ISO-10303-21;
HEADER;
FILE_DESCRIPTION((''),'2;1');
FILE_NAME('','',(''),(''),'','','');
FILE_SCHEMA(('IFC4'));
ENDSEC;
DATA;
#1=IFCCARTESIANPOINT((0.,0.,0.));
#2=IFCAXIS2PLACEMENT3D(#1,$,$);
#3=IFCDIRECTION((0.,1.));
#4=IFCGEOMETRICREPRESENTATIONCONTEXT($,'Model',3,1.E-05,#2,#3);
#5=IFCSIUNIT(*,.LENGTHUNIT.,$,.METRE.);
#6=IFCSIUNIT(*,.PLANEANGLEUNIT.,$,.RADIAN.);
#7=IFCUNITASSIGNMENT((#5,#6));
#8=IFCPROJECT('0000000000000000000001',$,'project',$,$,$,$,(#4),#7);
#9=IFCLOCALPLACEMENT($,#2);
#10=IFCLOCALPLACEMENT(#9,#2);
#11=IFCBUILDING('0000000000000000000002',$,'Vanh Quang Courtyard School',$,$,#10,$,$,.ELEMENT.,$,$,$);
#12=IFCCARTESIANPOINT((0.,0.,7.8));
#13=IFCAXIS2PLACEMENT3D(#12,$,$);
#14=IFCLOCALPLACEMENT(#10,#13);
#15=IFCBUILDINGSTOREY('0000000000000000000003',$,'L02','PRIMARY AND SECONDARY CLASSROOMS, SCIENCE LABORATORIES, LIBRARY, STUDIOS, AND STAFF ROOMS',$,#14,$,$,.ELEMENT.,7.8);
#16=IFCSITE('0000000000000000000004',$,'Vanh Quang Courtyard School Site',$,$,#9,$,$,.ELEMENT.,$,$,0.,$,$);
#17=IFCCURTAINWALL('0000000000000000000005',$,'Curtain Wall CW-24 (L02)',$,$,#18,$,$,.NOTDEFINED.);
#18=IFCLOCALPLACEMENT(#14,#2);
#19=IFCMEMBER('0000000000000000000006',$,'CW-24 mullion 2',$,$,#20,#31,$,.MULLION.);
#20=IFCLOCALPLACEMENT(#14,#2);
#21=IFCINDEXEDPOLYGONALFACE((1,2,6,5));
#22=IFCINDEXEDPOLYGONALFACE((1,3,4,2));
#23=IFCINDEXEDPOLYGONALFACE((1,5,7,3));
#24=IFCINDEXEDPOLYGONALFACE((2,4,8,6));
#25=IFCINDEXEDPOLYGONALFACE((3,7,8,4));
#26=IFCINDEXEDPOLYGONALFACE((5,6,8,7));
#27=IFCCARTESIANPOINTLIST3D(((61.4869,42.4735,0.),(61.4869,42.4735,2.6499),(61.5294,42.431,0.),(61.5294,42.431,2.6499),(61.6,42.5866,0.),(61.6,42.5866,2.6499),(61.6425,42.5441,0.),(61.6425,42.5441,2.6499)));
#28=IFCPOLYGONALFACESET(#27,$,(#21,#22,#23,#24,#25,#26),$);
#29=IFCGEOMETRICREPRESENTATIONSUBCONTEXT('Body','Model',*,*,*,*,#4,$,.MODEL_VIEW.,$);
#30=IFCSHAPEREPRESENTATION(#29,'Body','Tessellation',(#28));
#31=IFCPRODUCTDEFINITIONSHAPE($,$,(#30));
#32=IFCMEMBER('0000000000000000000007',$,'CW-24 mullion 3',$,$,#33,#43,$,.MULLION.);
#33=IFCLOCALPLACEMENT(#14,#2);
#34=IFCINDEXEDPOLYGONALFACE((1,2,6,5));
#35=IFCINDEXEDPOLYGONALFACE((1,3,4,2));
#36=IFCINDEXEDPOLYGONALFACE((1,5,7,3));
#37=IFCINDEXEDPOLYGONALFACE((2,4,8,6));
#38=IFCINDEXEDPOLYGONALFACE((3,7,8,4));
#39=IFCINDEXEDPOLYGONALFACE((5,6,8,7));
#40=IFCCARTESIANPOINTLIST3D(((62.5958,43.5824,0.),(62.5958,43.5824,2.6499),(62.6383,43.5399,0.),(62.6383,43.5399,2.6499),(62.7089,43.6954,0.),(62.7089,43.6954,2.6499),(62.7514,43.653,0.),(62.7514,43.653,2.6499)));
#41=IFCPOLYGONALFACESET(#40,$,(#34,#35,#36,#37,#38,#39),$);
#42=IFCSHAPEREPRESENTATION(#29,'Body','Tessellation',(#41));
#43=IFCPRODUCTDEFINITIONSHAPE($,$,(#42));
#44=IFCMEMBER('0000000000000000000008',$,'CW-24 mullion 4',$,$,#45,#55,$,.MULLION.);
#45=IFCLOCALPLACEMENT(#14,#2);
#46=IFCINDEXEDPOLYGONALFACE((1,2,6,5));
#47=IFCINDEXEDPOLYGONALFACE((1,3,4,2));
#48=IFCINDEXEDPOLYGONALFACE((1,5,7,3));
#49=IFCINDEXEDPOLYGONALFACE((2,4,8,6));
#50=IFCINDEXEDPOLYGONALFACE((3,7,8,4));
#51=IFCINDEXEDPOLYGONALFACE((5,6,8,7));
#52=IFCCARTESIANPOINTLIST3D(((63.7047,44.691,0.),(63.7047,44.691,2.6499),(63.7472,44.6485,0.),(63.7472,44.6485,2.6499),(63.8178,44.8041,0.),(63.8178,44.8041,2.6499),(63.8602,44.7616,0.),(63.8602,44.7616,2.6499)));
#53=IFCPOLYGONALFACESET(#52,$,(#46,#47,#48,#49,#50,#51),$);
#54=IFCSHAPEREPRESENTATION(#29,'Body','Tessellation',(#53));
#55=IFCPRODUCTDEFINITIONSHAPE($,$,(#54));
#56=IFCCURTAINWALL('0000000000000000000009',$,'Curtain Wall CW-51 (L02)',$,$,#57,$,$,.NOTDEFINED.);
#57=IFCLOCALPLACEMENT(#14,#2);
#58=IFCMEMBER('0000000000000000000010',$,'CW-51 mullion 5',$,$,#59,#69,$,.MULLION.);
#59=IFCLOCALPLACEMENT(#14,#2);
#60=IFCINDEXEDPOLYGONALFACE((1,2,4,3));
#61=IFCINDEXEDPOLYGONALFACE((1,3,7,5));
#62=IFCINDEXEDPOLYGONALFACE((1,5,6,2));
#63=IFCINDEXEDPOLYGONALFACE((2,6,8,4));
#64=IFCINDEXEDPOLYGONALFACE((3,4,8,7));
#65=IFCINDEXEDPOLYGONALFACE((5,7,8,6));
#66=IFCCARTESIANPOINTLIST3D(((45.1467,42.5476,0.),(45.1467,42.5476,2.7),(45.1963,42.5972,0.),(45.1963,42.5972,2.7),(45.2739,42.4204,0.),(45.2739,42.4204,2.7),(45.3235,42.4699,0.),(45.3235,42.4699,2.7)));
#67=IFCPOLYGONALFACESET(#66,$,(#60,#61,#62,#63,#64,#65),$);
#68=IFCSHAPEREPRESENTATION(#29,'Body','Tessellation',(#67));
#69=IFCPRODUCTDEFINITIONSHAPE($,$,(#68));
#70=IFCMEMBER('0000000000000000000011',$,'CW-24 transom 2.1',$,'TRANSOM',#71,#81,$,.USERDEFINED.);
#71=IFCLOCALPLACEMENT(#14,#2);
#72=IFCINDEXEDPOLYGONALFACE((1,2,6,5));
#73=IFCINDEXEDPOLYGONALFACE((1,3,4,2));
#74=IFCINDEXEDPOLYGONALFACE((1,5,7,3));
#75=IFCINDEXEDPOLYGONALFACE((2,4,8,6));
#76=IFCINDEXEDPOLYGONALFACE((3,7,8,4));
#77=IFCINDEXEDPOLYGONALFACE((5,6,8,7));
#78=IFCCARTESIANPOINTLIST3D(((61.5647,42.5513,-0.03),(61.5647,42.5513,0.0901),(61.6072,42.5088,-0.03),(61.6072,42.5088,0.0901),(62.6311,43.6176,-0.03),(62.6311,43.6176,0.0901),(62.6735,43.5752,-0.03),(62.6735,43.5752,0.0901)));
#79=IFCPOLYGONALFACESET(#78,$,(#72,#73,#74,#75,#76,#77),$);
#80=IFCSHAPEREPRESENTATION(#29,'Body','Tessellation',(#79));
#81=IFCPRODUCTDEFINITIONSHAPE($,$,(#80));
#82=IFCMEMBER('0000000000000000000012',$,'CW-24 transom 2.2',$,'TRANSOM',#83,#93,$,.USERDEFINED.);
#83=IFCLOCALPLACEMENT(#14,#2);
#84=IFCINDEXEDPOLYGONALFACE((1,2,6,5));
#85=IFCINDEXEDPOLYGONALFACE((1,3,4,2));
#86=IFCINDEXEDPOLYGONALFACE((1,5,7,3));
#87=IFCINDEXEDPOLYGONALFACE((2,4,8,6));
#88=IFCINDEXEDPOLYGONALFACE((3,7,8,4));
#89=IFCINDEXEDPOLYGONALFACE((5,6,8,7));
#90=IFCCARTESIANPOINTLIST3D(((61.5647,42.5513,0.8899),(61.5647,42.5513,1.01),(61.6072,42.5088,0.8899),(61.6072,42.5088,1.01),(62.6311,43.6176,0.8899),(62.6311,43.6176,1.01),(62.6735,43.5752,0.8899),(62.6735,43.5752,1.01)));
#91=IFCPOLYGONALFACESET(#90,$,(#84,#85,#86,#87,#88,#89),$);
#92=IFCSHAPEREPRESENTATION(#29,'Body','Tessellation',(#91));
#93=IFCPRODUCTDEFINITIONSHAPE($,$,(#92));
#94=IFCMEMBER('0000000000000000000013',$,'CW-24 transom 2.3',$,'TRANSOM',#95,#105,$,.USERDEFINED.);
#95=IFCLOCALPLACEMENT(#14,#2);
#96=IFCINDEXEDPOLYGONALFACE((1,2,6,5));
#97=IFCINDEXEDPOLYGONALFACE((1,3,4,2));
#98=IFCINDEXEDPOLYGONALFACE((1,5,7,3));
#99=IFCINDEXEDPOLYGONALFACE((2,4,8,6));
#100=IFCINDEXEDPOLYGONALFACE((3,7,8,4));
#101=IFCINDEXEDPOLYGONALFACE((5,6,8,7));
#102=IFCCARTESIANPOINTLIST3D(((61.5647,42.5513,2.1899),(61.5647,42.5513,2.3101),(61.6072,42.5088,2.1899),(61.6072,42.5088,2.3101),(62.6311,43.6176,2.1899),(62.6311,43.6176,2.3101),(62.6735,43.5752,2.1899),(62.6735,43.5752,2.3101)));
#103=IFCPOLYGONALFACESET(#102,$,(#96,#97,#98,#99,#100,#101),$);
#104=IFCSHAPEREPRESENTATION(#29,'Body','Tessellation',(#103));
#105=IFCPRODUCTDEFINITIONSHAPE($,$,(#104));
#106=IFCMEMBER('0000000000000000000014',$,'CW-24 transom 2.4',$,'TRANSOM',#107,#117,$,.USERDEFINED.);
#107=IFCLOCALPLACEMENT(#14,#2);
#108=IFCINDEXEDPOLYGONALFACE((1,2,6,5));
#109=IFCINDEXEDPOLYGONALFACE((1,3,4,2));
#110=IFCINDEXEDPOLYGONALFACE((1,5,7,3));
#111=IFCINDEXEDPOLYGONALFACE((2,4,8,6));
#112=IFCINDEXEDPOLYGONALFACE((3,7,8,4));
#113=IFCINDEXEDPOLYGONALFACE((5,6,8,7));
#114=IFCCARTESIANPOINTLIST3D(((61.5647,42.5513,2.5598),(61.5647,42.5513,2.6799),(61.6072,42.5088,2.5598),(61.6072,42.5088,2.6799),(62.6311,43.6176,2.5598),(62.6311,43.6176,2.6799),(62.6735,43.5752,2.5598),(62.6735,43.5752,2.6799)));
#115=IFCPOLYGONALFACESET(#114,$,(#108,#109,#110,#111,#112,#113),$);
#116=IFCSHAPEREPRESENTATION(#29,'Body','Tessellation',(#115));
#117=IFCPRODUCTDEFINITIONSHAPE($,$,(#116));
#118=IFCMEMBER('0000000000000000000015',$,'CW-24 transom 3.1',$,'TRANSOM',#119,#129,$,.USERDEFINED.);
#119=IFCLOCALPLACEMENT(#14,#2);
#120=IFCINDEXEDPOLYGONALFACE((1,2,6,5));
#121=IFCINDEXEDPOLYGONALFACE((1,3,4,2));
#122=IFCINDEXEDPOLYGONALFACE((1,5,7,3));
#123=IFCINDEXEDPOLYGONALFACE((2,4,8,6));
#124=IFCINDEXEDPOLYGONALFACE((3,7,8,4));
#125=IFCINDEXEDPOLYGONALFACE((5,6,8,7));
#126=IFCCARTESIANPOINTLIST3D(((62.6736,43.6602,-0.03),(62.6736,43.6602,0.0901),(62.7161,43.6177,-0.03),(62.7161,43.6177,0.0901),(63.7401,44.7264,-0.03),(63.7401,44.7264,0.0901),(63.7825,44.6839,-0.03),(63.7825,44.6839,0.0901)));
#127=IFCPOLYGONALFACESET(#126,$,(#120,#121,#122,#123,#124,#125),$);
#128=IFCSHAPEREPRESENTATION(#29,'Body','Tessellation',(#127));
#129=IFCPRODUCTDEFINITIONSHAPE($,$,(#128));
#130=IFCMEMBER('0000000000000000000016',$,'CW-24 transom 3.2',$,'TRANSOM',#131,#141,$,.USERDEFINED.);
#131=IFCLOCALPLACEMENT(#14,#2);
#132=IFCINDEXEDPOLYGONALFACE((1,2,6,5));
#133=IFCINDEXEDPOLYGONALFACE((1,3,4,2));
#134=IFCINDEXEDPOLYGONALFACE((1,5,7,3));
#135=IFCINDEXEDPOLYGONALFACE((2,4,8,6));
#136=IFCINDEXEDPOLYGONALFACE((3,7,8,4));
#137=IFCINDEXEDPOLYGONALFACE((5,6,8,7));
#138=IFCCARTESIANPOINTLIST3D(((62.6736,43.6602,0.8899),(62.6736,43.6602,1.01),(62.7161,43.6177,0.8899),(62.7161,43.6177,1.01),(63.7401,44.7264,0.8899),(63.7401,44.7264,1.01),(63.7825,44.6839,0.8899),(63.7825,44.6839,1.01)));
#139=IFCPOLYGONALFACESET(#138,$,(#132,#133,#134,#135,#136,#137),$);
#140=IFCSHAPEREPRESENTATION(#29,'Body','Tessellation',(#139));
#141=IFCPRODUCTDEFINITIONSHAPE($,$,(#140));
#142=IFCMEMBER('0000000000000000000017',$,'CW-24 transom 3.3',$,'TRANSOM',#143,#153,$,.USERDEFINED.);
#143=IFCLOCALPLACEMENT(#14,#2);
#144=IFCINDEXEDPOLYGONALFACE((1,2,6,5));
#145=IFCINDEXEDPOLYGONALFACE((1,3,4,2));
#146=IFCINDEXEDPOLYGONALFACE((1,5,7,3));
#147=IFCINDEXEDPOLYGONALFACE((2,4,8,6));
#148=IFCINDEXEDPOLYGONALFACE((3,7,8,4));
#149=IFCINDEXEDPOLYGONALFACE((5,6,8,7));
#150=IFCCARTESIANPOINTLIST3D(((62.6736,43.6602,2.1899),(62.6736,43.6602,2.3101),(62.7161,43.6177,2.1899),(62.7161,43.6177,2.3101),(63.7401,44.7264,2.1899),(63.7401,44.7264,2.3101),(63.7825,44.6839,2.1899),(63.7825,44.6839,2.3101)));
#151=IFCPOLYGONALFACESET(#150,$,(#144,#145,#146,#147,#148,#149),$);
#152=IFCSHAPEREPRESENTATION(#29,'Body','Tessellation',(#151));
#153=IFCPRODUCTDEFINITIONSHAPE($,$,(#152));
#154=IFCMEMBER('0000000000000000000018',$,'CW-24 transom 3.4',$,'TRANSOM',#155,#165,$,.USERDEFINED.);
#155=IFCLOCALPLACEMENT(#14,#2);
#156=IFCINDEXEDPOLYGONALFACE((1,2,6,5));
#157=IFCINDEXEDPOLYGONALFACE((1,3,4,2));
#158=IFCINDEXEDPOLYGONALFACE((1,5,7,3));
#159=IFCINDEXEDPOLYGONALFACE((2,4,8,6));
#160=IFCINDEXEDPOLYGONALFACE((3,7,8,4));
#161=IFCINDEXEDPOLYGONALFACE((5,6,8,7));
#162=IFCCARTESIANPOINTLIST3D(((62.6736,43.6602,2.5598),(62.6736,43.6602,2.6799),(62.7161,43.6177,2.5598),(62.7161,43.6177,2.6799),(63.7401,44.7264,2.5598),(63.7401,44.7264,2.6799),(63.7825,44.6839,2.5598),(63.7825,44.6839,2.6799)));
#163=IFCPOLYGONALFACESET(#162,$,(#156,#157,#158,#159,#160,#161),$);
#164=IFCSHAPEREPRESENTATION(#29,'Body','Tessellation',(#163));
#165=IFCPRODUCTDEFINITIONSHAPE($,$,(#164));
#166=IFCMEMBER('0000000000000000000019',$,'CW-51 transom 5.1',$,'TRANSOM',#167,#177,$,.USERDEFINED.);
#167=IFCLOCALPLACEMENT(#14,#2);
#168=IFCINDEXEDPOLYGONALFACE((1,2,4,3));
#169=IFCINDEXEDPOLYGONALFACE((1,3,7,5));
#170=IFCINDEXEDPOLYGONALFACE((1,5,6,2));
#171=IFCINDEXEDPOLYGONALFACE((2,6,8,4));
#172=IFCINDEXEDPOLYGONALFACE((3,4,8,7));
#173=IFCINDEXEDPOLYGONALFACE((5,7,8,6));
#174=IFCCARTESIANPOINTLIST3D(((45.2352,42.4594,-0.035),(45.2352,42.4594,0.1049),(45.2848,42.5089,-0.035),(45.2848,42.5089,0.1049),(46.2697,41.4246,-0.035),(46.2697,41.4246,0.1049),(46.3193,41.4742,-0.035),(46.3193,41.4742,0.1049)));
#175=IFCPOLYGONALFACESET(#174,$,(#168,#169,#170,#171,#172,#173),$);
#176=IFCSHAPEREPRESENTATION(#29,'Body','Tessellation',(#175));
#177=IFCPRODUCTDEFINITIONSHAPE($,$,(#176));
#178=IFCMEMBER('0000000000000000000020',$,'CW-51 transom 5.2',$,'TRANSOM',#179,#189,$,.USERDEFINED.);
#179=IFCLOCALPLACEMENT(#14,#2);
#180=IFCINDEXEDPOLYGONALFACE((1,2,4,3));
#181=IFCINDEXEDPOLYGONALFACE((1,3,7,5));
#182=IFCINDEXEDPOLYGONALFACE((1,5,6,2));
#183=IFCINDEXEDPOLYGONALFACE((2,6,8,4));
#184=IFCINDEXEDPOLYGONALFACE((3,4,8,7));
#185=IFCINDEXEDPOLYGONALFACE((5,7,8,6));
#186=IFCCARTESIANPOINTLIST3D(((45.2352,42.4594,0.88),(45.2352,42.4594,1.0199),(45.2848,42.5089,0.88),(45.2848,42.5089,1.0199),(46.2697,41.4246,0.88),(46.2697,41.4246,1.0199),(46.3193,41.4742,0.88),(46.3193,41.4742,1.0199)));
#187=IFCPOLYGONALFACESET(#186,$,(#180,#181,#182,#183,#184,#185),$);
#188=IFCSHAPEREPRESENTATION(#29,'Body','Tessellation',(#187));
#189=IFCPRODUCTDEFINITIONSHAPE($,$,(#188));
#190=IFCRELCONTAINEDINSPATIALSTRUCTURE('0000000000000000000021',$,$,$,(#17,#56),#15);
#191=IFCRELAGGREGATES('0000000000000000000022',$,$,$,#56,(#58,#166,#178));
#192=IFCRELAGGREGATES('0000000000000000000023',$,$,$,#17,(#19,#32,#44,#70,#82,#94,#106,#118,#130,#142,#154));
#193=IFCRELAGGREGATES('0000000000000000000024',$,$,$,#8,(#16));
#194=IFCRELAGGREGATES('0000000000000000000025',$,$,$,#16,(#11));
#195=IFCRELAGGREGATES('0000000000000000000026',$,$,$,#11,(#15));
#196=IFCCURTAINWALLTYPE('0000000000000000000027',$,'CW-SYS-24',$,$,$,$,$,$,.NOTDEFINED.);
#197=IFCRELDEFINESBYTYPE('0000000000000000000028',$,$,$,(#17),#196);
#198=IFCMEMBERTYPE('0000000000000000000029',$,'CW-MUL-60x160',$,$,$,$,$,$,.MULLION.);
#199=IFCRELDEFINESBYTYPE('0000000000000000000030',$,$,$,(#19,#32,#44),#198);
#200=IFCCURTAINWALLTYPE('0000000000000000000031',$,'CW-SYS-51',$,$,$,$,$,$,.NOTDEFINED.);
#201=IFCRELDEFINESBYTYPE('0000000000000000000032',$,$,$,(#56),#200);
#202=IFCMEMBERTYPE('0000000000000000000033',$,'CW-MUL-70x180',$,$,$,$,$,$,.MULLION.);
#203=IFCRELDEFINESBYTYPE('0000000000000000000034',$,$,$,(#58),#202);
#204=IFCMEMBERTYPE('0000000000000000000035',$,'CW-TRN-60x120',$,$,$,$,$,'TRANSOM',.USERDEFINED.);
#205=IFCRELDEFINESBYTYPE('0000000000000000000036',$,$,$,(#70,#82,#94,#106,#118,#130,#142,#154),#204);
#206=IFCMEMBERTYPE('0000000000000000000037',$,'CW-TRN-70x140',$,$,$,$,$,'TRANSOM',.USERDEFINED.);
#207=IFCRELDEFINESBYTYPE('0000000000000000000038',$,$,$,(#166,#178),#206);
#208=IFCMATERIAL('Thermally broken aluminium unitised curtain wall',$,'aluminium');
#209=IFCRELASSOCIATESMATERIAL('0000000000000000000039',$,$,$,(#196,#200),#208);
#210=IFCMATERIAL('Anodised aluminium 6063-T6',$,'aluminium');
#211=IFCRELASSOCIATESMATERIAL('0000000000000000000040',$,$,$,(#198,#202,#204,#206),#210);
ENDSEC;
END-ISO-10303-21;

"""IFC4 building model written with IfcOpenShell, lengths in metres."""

from ifc_helpers import new_model, si_unit, direction, frame, origin, origin_2d, place, context, subcontext, project, spatial, rectangle, extrude, material, material_profile, profile_set, type_object, element, aggregate, save


model = new_model("IFC4")

# Units and contexts
model_context = context("Model", 3, precision=1e-05, world=origin(), true_north=direction((0.0, 1.0)))
body_context = subcontext(model_context, "Body", "Model", "MODEL_VIEW")
ifc_project = project(units=[si_unit("LENGTHUNIT", "METRE"), si_unit("PLANEANGLEUNIT", "RADIAN")], contexts=[model_context])

# Site, building, storey
site_placement = place(None, origin())
site = spatial("IfcSite", under=ifc_project, at=site_placement, Name="Vanh Quang Courtyard School Site", CompositionType="ELEMENT", RefElevation=0.0)
building_placement = place(site_placement, origin())
building = spatial("IfcBuilding", under=site, at=building_placement, Name="Vanh Quang Courtyard School", CompositionType="ELEMENT")
storey_placement = place(building_placement, frame((0.0, 0.0, 7.8)))
storey = spatial("IfcBuildingStorey", under=building, at=storey_placement, Name="L02", Description="PRIMARY AND SECONDARY CLASSROOMS, SCIENCE LABORATORIES, LIBRARY, STUDIOS, AND STAFF ROOMS", CompositionType="ELEMENT", Elevation=7.8)

# Curtain wall, members
ifc_material_1 = material(Name="Thermally broken aluminium unitised curtain wall", Category="aluminium")
curtain_wall_type_1 = type_object("IfcCurtainWallType", Name="CW-SYS-24", PredefinedType="NOTDEFINED", material=ifc_material_1)
curtain_wall_1_placement = place(storey_placement, origin())
curtain_wall_1 = element("IfcCurtainWall", 1, at=curtain_wall_1_placement, inside=storey, type_object=curtain_wall_type_1, Name="Curtain Wall CW-24 (L02)", PredefinedType="NOTDEFINED")
ifc_material_2 = material(Name="Anodised aluminium 6063-T6", Category="aluminium")
ifc_material_profile_1 = material_profile(ifc_material_2, rectangle(XDim=0.0601, YDim=0.1599, at=origin_2d()), Name="ALU-MUL 60x160")
ifc_profile_set_1 = profile_set([ifc_material_profile_1], Name="Anodised aluminium 6063-T6")
member_type_1 = type_object("IfcMemberType", Name="CW-MUL-60x160", PredefinedType="MULLION", material=ifc_profile_set_1)
member_1_placement = place(storey_placement, frame((61.5647, 42.5088, 0.0), z_axis=(0.0, 0.0, 1.0), x_axis=(-0.707107, 0.707107, 0.0)))
member_1 = element("IfcMember", 2, at=member_1_placement, type_object=member_type_1, Name="CW-24 mullion 2", PredefinedType="MULLION", context=body_context, shape_type="SweptSolid", body=[
    extrude(rectangle(XDim=0.0601, YDim=0.1599, at=origin_2d()), origin(), (0.0, 0.0, 1.0), 2.6499),
])
member_2_placement = place(storey_placement, frame((62.6736, 43.6177, 0.0), z_axis=(0.0, 0.0, 1.0), x_axis=(-0.707107, 0.707107, 0.0)))
member_2 = element("IfcMember", 3, at=member_2_placement, type_object=member_type_1, Name="CW-24 mullion 3", PredefinedType="MULLION", context=body_context, shape_type="SweptSolid", body=[
    extrude(rectangle(XDim=0.0601, YDim=0.1599, at=origin_2d()), origin(), (0.0, 0.0, 1.0), 2.6499),
])
member_3_placement = place(storey_placement, frame((63.7825, 44.7263, 0.0), z_axis=(0.0, 0.0, 1.0), x_axis=(-0.707107, 0.707107, 0.0)))
member_3 = element("IfcMember", 4, at=member_3_placement, type_object=member_type_1, Name="CW-24 mullion 4", PredefinedType="MULLION", context=body_context, shape_type="SweptSolid", body=[
    extrude(rectangle(XDim=0.0601, YDim=0.1599, at=origin_2d()), origin(), (0.0, 0.0, 1.0), 2.6499),
])

# Curtain wall, member
curtain_wall_type_2 = type_object("IfcCurtainWallType", Name="CW-SYS-51", PredefinedType="NOTDEFINED", material=ifc_material_1)
curtain_wall_2_placement = place(storey_placement, origin())
curtain_wall_2 = element("IfcCurtainWall", 5, at=curtain_wall_2_placement, inside=storey, type_object=curtain_wall_type_2, Name="Curtain Wall CW-51 (L02)", PredefinedType="NOTDEFINED")
ifc_material_profile_2 = material_profile(ifc_material_2, rectangle(XDim=0.0701, YDim=0.1799, at=origin_2d()), Name="ALU-MUL 70x180")
ifc_profile_set_2 = profile_set([ifc_material_profile_2], Name="Anodised aluminium 6063-T6")
member_type_2 = type_object("IfcMemberType", Name="CW-MUL-70x180", PredefinedType="MULLION", material=ifc_profile_set_2)
member_4_placement = place(storey_placement, frame((45.2351, 42.5088, 0.0), z_axis=(0.0, 0.0, 1.0), x_axis=(0.707107, 0.707107, 0.0)))
member_4 = element("IfcMember", 6, at=member_4_placement, type_object=member_type_2, Name="CW-51 mullion 5", PredefinedType="MULLION", context=body_context, shape_type="SweptSolid", body=[
    extrude(rectangle(XDim=0.0701, YDim=0.1799, at=origin_2d()), origin(), (0.0, 0.0, 1.0), 2.7),
])

# Members
ifc_material_profile_3 = material_profile(ifc_material_2, rectangle(XDim=0.0601, YDim=0.1201, at=origin_2d()), Name="ALU-TRN 60x120")
ifc_profile_set_3 = profile_set([ifc_material_profile_3], Name="Anodised aluminium 6063-T6")
member_type_3 = type_object("IfcMemberType", Name="CW-TRN-60x120", ElementType="TRANSOM", PredefinedType="USERDEFINED", material=ifc_profile_set_3)
member_5_placement = place(storey_placement, frame((61.5859, 42.53, 0.03), z_axis=(0.707107, 0.707107, 0.0), x_axis=(-0.707107, 0.707107, 0.0)))
member_5 = element("IfcMember", 7, at=member_5_placement, type_object=member_type_3, Name="CW-24 transom 2.1", ObjectType="TRANSOM", PredefinedType="USERDEFINED", context=body_context, shape_type="SweptSolid", body=[
    extrude(rectangle(XDim=0.0601, YDim=0.1201, at=origin_2d()), origin(), (0.0, 0.0, 1.0), 1.5081),
])
member_6_placement = place(storey_placement, frame((61.5859, 42.53, 0.95), z_axis=(0.707107, 0.707107, 0.0), x_axis=(-0.707107, 0.707107, 0.0)))
member_6 = element("IfcMember", 8, at=member_6_placement, type_object=member_type_3, Name="CW-24 transom 2.2", ObjectType="TRANSOM", PredefinedType="USERDEFINED", context=body_context, shape_type="SweptSolid", body=[
    extrude(rectangle(XDim=0.0601, YDim=0.1201, at=origin_2d()), origin(), (0.0, 0.0, 1.0), 1.5081),
])
member_7_placement = place(storey_placement, frame((61.5859, 42.53, 2.25), z_axis=(0.707107, 0.707107, 0.0), x_axis=(-0.707107, 0.707107, 0.0)))
member_7 = element("IfcMember", 9, at=member_7_placement, type_object=member_type_3, Name="CW-24 transom 2.3", ObjectType="TRANSOM", PredefinedType="USERDEFINED", context=body_context, shape_type="SweptSolid", body=[
    extrude(rectangle(XDim=0.0601, YDim=0.1201, at=origin_2d()), origin(), (0.0, 0.0, 1.0), 1.5081),
])
member_8_placement = place(storey_placement, frame((61.5859, 42.53, 2.6199), z_axis=(0.707107, 0.707107, 0.0), x_axis=(-0.707107, 0.707107, 0.0)))
member_8 = element("IfcMember", 10, at=member_8_placement, type_object=member_type_3, Name="CW-24 transom 2.4", ObjectType="TRANSOM", PredefinedType="USERDEFINED", context=body_context, shape_type="SweptSolid", body=[
    extrude(rectangle(XDim=0.0601, YDim=0.1201, at=origin_2d()), origin(), (0.0, 0.0, 1.0), 1.5081),
])
member_9_placement = place(storey_placement, frame((62.6948, 43.6389, 0.03), z_axis=(0.707188, 0.707026, 0.0), x_axis=(-0.707026, 0.707188, 0.0)))
member_9 = element("IfcMember", 11, at=member_9_placement, type_object=member_type_3, Name="CW-24 transom 3.1", ObjectType="TRANSOM", PredefinedType="USERDEFINED", context=body_context, shape_type="SweptSolid", body=[
    extrude(rectangle(XDim=0.0601, YDim=0.1201, at=origin_2d()), origin(), (0.0, 0.0, 1.0), 1.5081),
])
member_10_placement = place(storey_placement, frame((62.6948, 43.6389, 0.95), z_axis=(0.707188, 0.707026, 0.0), x_axis=(-0.707026, 0.707188, 0.0)))
member_10 = element("IfcMember", 12, at=member_10_placement, type_object=member_type_3, Name="CW-24 transom 3.2", ObjectType="TRANSOM", PredefinedType="USERDEFINED", context=body_context, shape_type="SweptSolid", body=[
    extrude(rectangle(XDim=0.0601, YDim=0.1201, at=origin_2d()), origin(), (0.0, 0.0, 1.0), 1.5081),
])
member_11_placement = place(storey_placement, frame((62.6948, 43.6389, 2.25), z_axis=(0.707188, 0.707026, 0.0), x_axis=(-0.707026, 0.707188, 0.0)))
member_11 = element("IfcMember", 13, at=member_11_placement, type_object=member_type_3, Name="CW-24 transom 3.3", ObjectType="TRANSOM", PredefinedType="USERDEFINED", context=body_context, shape_type="SweptSolid", body=[
    extrude(rectangle(XDim=0.0601, YDim=0.1201, at=origin_2d()), origin(), (0.0, 0.0, 1.0), 1.5081),
])
member_12_placement = place(storey_placement, frame((62.6948, 43.6389, 2.6199), z_axis=(0.707188, 0.707026, 0.0), x_axis=(-0.707026, 0.707188, 0.0)))
member_12 = element("IfcMember", 14, at=member_12_placement, type_object=member_type_3, Name="CW-24 transom 3.4", ObjectType="TRANSOM", PredefinedType="USERDEFINED", context=body_context, shape_type="SweptSolid", body=[
    extrude(rectangle(XDim=0.0601, YDim=0.1201, at=origin_2d()), origin(), (0.0, 0.0, 1.0), 1.5081),
])
ifc_material_profile_4 = material_profile(ifc_material_2, rectangle(XDim=0.0701, YDim=0.1399, at=origin_2d()), Name="ALU-TRN 70x140")
ifc_profile_set_4 = profile_set([ifc_material_profile_4], Name="Anodised aluminium 6063-T6")
member_type_4 = type_object("IfcMemberType", Name="CW-TRN-70x140", ElementType="TRANSOM", PredefinedType="USERDEFINED", material=ifc_profile_set_4)
member_13_placement = place(storey_placement, frame((45.26, 42.4841, 0.0349), z_axis=(0.707023, -0.70719, 0.0), x_axis=(0.70719, 0.707023, 0.0)))
member_13 = element("IfcMember", 15, at=member_13_placement, type_object=member_type_4, Name="CW-51 transom 5.1", ObjectType="TRANSOM", PredefinedType="USERDEFINED", context=body_context, shape_type="SweptSolid", body=[
    extrude(rectangle(XDim=0.0701, YDim=0.1399, at=origin_2d()), origin(), (0.0, 0.0, 1.0), 1.4631),
])
member_14_placement = place(storey_placement, frame((45.26, 42.4841, 0.95), z_axis=(0.707023, -0.70719, 0.0), x_axis=(0.70719, 0.707023, 0.0)))
member_14 = element("IfcMember", 16, at=member_14_placement, type_object=member_type_4, Name="CW-51 transom 5.2", ObjectType="TRANSOM", PredefinedType="USERDEFINED", context=body_context, shape_type="SweptSolid", body=[
    extrude(rectangle(XDim=0.0701, YDim=0.1399, at=origin_2d()), origin(), (0.0, 0.0, 1.0), 1.4631),
])

aggregate(curtain_wall_2, [member_4, member_13, member_14])
aggregate(curtain_wall_1, [member_1, member_2, member_3, member_5, member_6, member_7, member_8, member_9, member_10, member_11, member_12])

save(model, "model.ifc")
